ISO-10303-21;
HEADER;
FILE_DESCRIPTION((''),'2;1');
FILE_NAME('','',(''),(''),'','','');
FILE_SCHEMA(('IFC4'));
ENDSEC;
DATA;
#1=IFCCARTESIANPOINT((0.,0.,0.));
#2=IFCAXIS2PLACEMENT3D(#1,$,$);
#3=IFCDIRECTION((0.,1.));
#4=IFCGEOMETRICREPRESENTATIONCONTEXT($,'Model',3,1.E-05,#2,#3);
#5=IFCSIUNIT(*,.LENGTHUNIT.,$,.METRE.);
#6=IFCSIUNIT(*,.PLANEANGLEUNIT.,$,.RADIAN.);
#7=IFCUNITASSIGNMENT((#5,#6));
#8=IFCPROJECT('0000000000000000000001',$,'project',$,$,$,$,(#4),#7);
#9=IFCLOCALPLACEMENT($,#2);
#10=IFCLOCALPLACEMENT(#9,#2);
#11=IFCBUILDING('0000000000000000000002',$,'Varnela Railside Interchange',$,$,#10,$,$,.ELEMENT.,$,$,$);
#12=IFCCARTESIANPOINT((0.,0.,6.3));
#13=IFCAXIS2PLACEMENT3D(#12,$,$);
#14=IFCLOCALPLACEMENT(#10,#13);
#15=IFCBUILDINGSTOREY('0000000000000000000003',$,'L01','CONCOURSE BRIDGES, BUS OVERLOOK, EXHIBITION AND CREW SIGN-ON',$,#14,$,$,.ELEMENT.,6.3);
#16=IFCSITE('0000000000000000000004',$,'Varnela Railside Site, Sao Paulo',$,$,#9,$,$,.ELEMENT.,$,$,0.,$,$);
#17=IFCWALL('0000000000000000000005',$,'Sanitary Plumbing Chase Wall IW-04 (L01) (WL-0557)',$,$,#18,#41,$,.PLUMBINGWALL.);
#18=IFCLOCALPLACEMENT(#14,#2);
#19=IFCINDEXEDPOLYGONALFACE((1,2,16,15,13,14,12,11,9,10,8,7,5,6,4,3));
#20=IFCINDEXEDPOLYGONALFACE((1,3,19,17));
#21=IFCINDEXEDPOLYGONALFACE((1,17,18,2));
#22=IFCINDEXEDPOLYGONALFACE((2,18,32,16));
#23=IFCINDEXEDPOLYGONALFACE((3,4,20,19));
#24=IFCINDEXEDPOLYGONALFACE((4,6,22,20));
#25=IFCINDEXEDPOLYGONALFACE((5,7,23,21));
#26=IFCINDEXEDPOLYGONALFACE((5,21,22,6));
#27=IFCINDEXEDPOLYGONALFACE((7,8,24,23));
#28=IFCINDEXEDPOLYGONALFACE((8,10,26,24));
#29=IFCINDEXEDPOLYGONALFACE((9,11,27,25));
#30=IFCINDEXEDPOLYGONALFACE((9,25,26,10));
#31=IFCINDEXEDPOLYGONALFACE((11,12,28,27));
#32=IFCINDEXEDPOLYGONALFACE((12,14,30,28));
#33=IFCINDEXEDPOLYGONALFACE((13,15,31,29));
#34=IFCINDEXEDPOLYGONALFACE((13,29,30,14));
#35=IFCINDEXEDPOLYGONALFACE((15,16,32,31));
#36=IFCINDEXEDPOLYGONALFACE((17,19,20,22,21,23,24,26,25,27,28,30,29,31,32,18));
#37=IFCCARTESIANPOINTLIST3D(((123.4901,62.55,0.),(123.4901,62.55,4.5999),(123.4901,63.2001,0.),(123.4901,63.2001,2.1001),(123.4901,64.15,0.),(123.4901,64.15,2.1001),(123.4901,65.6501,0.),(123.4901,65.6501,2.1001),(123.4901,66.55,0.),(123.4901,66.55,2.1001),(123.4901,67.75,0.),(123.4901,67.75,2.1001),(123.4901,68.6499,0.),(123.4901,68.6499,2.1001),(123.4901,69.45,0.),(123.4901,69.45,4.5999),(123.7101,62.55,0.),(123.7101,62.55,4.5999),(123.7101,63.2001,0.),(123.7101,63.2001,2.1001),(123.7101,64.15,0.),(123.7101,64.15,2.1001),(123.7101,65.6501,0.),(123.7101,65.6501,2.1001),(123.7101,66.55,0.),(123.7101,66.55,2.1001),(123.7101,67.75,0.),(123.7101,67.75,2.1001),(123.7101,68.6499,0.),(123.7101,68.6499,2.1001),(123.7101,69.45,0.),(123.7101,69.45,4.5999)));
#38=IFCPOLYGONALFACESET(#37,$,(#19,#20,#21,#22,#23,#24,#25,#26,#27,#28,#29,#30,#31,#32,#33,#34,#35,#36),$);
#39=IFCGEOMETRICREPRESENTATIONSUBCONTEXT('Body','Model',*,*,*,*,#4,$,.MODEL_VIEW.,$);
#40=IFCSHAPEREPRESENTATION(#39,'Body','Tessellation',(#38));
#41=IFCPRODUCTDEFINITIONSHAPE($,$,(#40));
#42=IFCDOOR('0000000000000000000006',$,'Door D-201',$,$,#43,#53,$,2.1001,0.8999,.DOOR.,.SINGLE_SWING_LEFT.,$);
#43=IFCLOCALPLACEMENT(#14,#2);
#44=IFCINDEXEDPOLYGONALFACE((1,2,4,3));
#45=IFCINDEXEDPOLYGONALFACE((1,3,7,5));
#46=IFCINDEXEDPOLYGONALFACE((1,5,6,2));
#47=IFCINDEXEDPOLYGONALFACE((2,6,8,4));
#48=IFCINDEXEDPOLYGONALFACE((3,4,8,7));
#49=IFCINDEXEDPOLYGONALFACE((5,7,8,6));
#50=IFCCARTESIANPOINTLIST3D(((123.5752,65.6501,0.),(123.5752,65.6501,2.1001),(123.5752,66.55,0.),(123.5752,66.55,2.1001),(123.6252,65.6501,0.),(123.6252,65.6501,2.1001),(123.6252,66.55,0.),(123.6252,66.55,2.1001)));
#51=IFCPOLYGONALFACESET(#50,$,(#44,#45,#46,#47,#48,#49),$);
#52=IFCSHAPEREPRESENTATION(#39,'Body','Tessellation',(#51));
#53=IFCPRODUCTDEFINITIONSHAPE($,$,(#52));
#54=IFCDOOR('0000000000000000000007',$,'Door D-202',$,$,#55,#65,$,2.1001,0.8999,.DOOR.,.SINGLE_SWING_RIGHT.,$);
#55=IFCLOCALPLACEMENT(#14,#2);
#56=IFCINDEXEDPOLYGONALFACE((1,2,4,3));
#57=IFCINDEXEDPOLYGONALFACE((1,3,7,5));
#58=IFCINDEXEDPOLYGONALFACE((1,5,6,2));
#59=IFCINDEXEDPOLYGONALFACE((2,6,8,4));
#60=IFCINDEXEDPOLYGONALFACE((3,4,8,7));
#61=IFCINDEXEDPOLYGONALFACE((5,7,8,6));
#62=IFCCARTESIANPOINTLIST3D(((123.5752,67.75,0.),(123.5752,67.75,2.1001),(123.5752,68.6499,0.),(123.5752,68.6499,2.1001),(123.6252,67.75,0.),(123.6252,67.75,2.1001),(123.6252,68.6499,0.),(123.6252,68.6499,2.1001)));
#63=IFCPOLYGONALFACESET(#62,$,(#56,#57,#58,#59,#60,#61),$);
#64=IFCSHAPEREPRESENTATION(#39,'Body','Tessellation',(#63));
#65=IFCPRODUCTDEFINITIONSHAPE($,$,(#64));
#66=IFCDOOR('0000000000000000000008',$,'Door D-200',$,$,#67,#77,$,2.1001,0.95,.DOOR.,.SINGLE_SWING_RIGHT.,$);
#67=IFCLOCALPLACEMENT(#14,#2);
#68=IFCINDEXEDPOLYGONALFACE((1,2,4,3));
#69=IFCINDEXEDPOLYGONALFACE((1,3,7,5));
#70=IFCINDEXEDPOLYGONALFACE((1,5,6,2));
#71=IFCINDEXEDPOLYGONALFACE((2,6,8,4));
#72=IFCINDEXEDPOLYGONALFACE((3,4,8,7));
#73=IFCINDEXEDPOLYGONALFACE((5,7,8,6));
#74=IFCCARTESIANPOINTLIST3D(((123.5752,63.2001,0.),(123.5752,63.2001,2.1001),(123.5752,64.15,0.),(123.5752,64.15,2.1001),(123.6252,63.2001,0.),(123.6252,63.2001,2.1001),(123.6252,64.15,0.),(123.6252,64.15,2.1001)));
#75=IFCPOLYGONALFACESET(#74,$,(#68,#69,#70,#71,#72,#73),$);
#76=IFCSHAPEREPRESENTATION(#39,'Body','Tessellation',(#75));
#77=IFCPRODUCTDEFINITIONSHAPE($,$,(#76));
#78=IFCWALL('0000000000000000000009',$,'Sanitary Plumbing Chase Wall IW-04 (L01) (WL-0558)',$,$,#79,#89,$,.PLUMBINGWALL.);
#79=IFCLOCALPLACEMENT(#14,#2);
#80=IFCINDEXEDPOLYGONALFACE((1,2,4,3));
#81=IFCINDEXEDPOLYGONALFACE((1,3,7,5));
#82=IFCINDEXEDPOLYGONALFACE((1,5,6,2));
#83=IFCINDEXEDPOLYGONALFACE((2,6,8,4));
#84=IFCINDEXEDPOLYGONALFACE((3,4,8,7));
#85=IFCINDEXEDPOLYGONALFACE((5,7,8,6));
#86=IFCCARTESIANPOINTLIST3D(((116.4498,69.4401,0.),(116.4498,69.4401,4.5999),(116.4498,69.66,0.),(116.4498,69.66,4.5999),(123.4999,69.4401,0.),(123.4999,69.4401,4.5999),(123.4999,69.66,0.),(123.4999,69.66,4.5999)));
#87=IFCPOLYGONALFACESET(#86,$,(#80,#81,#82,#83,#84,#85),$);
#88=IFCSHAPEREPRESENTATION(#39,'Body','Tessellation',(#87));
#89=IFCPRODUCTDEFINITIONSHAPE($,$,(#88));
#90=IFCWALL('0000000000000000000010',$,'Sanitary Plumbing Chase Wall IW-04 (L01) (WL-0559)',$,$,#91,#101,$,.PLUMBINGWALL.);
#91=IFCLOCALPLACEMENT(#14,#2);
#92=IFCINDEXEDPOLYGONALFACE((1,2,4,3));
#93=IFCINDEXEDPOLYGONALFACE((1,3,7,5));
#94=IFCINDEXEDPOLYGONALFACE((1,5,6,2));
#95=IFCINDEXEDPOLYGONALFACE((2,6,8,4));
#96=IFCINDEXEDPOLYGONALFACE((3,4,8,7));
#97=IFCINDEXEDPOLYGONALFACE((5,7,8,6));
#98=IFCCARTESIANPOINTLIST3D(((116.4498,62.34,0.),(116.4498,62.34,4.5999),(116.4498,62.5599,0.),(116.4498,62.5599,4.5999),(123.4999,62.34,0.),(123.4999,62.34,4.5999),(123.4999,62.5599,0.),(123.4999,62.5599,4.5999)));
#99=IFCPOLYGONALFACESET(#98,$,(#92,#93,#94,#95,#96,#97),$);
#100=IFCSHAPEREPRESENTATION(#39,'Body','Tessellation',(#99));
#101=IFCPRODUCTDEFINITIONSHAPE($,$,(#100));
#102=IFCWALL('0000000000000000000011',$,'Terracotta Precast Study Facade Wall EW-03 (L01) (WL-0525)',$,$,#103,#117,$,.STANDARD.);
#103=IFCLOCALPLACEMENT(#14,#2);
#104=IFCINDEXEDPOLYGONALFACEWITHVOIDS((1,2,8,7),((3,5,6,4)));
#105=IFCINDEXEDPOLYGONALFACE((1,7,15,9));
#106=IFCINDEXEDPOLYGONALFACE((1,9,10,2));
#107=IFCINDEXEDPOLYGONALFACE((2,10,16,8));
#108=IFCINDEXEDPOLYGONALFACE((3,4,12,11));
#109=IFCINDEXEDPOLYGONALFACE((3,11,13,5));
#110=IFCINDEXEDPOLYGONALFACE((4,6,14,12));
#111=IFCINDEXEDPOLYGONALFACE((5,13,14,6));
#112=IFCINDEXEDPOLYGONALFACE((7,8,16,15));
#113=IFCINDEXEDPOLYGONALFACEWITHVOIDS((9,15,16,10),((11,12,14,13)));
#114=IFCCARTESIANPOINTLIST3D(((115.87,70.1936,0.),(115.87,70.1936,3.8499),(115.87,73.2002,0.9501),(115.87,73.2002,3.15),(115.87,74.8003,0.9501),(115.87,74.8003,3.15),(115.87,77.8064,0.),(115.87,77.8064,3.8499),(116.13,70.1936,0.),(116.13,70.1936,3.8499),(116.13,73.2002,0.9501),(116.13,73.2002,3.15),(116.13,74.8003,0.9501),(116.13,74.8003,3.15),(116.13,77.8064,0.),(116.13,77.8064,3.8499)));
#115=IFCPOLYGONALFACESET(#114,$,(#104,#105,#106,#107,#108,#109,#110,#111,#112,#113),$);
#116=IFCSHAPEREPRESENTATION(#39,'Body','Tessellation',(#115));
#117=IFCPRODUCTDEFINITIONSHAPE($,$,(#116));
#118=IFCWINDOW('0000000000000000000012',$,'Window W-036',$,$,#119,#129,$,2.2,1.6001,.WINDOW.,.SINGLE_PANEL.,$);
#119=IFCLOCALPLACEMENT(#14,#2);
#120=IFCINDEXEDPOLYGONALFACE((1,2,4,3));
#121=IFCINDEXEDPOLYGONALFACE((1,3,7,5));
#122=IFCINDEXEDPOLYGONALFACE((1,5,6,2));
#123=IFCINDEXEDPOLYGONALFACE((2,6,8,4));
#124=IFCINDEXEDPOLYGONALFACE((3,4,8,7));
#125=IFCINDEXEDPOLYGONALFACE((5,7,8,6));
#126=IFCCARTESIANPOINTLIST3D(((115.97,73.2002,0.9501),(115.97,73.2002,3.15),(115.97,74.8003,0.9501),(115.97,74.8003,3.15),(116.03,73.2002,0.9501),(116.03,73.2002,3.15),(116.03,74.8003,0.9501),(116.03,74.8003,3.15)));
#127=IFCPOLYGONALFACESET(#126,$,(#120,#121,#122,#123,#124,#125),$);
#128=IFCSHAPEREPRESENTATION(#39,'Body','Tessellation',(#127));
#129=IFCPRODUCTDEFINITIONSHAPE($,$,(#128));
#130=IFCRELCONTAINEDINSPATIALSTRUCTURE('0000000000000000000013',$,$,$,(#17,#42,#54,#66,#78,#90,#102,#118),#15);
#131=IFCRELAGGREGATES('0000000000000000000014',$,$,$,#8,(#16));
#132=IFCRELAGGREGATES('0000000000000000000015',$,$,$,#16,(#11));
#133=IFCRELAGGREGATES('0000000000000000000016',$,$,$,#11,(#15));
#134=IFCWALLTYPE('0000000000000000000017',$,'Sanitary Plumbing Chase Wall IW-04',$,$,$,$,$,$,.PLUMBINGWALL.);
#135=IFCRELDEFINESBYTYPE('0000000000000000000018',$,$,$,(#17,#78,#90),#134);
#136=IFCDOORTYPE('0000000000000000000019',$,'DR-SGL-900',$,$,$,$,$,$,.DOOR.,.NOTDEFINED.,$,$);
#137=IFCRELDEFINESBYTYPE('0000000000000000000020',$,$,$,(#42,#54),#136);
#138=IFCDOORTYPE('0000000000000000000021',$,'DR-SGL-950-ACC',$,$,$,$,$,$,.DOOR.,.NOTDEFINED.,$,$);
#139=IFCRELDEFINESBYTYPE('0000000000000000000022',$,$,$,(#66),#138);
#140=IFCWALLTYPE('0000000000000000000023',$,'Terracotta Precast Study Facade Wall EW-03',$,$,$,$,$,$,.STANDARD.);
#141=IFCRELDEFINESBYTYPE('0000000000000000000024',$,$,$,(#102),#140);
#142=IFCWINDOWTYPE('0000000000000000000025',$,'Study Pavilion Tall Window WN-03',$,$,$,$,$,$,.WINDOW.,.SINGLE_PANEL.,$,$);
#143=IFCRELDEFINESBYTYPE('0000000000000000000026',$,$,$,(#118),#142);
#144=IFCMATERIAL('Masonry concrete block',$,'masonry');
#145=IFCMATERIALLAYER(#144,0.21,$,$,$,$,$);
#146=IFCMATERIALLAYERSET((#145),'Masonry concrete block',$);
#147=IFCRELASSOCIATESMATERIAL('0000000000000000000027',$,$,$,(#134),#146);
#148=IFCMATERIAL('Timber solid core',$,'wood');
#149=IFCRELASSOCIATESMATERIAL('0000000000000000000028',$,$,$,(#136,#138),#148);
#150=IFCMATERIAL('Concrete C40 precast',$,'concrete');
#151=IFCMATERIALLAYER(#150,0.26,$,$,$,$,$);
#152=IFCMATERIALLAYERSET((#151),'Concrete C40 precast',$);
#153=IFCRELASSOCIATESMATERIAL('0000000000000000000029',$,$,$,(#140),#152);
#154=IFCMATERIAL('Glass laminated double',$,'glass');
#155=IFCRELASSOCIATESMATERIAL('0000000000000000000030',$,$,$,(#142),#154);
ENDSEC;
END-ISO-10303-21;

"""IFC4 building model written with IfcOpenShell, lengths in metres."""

from ifc_helpers import new_model, si_unit, direction, frame, frame_2d, origin, place, context, subcontext, project, spatial, rectangle, extrude, material, layer, layer_set, type_object, element, fill, save


model = new_model("IFC4")

# Units and contexts
model_context = context("Model", 3, precision=1e-05, world=origin(), true_north=direction((0.0, 1.0)))
body_context = subcontext(model_context, "Body", "Model", "MODEL_VIEW")
ifc_project = project(units=[si_unit("LENGTHUNIT", "METRE"), si_unit("PLANEANGLEUNIT", "RADIAN")], contexts=[model_context])

# Site, building, storey
site_placement = place(None, origin())
site = spatial("IfcSite", under=ifc_project, at=site_placement, Name="Varnela Railside Site, Sao Paulo", CompositionType="ELEMENT", RefElevation=0.0)
building_placement = place(site_placement, origin())
building = spatial("IfcBuilding", under=site, at=building_placement, Name="Varnela Railside Interchange", CompositionType="ELEMENT")
storey_placement = place(building_placement, frame((0.0, 0.0, 6.3)))
storey = spatial("IfcBuildingStorey", under=building, at=storey_placement, Name="L01", Description="CONCOURSE BRIDGES, BUS OVERLOOK, EXHIBITION AND CREW SIGN-ON", CompositionType="ELEMENT", Elevation=6.3)

# Shared definitions
ifc_material_1 = material(Name="Concrete C40 precast", Category="concrete")

# Shared definitions
ifc_material_2 = material(Name="Glass laminated double", Category="glass")

# Wall, openings, doors
ifc_material_3 = material(Name="Masonry concrete block", Category="masonry")
ifc_layer_1 = layer(ifc_material_3, 0.21)
ifc_layer_set_1 = layer_set([ifc_layer_1], Name="Masonry concrete block")
wall_type_1 = type_object("IfcWallType", Name="Sanitary Plumbing Chase Wall IW-04", PredefinedType="PLUMBINGWALL", material=ifc_layer_set_1)
wall_1_placement = place(storey_placement, frame((123.6001, 62.55, 0.0), z_axis=(0.0, 0.0, 1.0), x_axis=(0.0, 1.0, 0.0)))
wall_1 = element("IfcWall", 1, at=wall_1_placement, inside=storey, type_object=wall_type_1, Name="Sanitary Plumbing Chase Wall IW-04 (L01) (WL-0557)", PredefinedType="PLUMBINGWALL", context=body_context, shape_type="SweptSolid", body=[
    extrude(rectangle(XDim=6.8999, YDim=0.22, at=frame_2d((3.45, 0.0))), origin(), (0.0, 0.0, 1.0), 4.5999),
])
opening_1_placement = place(wall_1_placement, frame((0.6499, 0.0, 0.0)))
opening_1 = element("IfcOpeningElement", 2, at=opening_1_placement, cuts=wall_1, PredefinedType="OPENING", context=body_context, shape_type="SweptSolid", body=[
    extrude(rectangle(XDim=0.95, YDim=2.1001, at=frame_2d((0.4751, 1.05))), frame((0.0, 0.1199, 0.0), z_axis=(0.0, -1.0, 0.0), x_axis=(1.0, 0.0, 0.0)), (0.0, 0.0, 1.0), 0.24),
])
opening_2_placement = place(wall_1_placement, frame((3.1001, 0.0, 0.0)))
opening_2 = element("IfcOpeningElement", 3, at=opening_2_placement, cuts=wall_1, PredefinedType="OPENING", context=body_context, shape_type="SweptSolid", body=[
    extrude(rectangle(XDim=0.8999, YDim=2.1001, at=frame_2d((0.45, 1.05))), frame((0.0, 0.1199, 0.0), z_axis=(0.0, -1.0, 0.0), x_axis=(1.0, 0.0, 0.0)), (0.0, 0.0, 1.0), 0.24),
])
opening_3_placement = place(wall_1_placement, frame((5.2, 0.0, 0.0)))
opening_3 = element("IfcOpeningElement", 4, at=opening_3_placement, cuts=wall_1, PredefinedType="OPENING", context=body_context, shape_type="SweptSolid", body=[
    extrude(rectangle(XDim=0.8999, YDim=2.1001, at=frame_2d((0.45, 1.05))), frame((0.0, 0.1199, 0.0), z_axis=(0.0, -1.0, 0.0), x_axis=(1.0, 0.0, 0.0)), (0.0, 0.0, 1.0), 0.24),
])
ifc_material_4 = material(Name="Timber solid core", Category="wood")
door_type_1 = type_object("IfcDoorType", Name="DR-SGL-900", OperationType="NOTDEFINED", PredefinedType="DOOR", material=ifc_material_4)
door_1_placement = place(opening_2_placement, origin())
door_1 = element("IfcDoor", 5, at=door_1_placement, inside=storey, type_object=door_type_1, Name="Door D-201", OperationType="SINGLE_SWING_LEFT", OverallHeight=2.1001, OverallWidth=0.8999, PredefinedType="DOOR", context=body_context, shape_type="SweptSolid", body=[
    extrude(rectangle(XDim=0.8999, YDim=2.1001, at=frame_2d((0.45, 1.05))), frame((0.0, 0.0249, 0.0), z_axis=(0.0, -1.0, 0.0), x_axis=(1.0, 0.0, 0.0)), (0.0, 0.0, 1.0), 0.05),
])
fill(opening_2, door_1)
door_2_placement = place(opening_3_placement, origin())
door_2 = element("IfcDoor", 6, at=door_2_placement, inside=storey, type_object=door_type_1, Name="Door D-202", OperationType="SINGLE_SWING_RIGHT", OverallHeight=2.1001, OverallWidth=0.8999, PredefinedType="DOOR", context=body_context, shape_type="SweptSolid", body=[
    extrude(rectangle(XDim=0.8999, YDim=2.1001, at=frame_2d((0.45, 1.05))), frame((0.0, 0.0249, 0.0), z_axis=(0.0, -1.0, 0.0), x_axis=(1.0, 0.0, 0.0)), (0.0, 0.0, 1.0), 0.05),
])
fill(opening_3, door_2)
door_type_2 = type_object("IfcDoorType", Name="DR-SGL-950-ACC", OperationType="NOTDEFINED", PredefinedType="DOOR", material=ifc_material_4)
door_3_placement = place(opening_1_placement, origin())
door_3 = element("IfcDoor", 7, at=door_3_placement, inside=storey, type_object=door_type_2, Name="Door D-200", OperationType="SINGLE_SWING_RIGHT", OverallHeight=2.1001, OverallWidth=0.95, PredefinedType="DOOR", context=body_context, shape_type="SweptSolid", body=[
    extrude(rectangle(XDim=0.95, YDim=2.1001, at=frame_2d((0.4751, 1.05))), frame((0.0, 0.0249, 0.0), z_axis=(0.0, -1.0, 0.0), x_axis=(1.0, 0.0, 0.0)), (0.0, 0.0, 1.0), 0.05),
])
fill(opening_1, door_3)

# Walls
for number, where, z_axis, x_axis, name in (
    (8, (116.45, 69.55, 0.0), (0.0, 0.0, 1.0), (1.0, 0.0, 0.0), "Sanitary Plumbing Chase Wall IW-04 (L01) (WL-0558)"),
    (9, (116.45, 62.45, 0.0), (0.0, 0.0, 1.0), (1.0, 0.0, 0.0), "Sanitary Plumbing Chase Wall IW-04 (L01) (WL-0559)"),
):
    element("IfcWall", number, at=place(storey_placement, frame(where, z_axis=z_axis, x_axis=x_axis)), inside=storey, type_object=wall_type_1, Name=name, PredefinedType="PLUMBINGWALL", context=body_context, shape_type="SweptSolid", body=[
        extrude(rectangle(XDim=7.05, YDim=0.22, at=frame_2d((3.5249, 0.0))), origin(), (0.0, 0.0, 1.0), 4.5999),
    ])

# Wall, opening, window
ifc_layer_2 = layer(ifc_material_1, 0.26)
ifc_layer_set_2 = layer_set([ifc_layer_2], Name="Concrete C40 precast")
wall_type_2 = type_object("IfcWallType", Name="Terracotta Precast Study Facade Wall EW-03", PredefinedType="STANDARD", material=ifc_layer_set_2)
wall_2_placement = place(storey_placement, frame((116.0, 70.1936, 0.0), z_axis=(0.0, 0.0, 1.0), x_axis=(0.0, 1.0, 0.0)))
wall_2 = element("IfcWall", 10, at=wall_2_placement, inside=storey, type_object=wall_type_2, Name="Terracotta Precast Study Facade Wall EW-03 (L01) (WL-0525)", PredefinedType="STANDARD", context=body_context, shape_type="SweptSolid", body=[
    extrude(rectangle(XDim=7.6128, YDim=0.26, at=frame_2d((3.8064, 0.0))), origin(), (0.0, 0.0, 1.0), 3.8499),
])
opening_4_placement = place(wall_2_placement, frame((3.0066, 0.0, 0.95)))
opening_4 = element("IfcOpeningElement", 11, at=opening_4_placement, cuts=wall_2, PredefinedType="OPENING", context=body_context, shape_type="SweptSolid", body=[
    extrude(rectangle(XDim=1.6001, YDim=2.2, at=frame_2d((0.8, 1.1001))), frame((0.0, 0.1399, 0.0), z_axis=(0.0, -1.0, 0.0), x_axis=(1.0, 0.0, 0.0)), (0.0, 0.0, 1.0), 0.28),
])
window_type_1 = type_object("IfcWindowType", Name="Study Pavilion Tall Window WN-03", PartitioningType="SINGLE_PANEL", PredefinedType="WINDOW", material=ifc_material_2)
window_1_placement = place(opening_4_placement, origin())
window_1 = element("IfcWindow", 12, at=window_1_placement, inside=storey, type_object=window_type_1, Name="Window W-036", OverallHeight=2.2, OverallWidth=1.6001, PartitioningType="SINGLE_PANEL", PredefinedType="WINDOW", context=body_context, shape_type="SweptSolid", body=[
    extrude(rectangle(XDim=1.6001, YDim=2.2, at=frame_2d((0.8, 1.1001))), frame((0.0, 0.03, 0.0), z_axis=(0.0, -1.0, 0.0), x_axis=(1.0, 0.0, 0.0)), (0.0, 0.0, 1.0), 0.0601),
])
fill(opening_4, window_1)

save(model, "model.ifc")
